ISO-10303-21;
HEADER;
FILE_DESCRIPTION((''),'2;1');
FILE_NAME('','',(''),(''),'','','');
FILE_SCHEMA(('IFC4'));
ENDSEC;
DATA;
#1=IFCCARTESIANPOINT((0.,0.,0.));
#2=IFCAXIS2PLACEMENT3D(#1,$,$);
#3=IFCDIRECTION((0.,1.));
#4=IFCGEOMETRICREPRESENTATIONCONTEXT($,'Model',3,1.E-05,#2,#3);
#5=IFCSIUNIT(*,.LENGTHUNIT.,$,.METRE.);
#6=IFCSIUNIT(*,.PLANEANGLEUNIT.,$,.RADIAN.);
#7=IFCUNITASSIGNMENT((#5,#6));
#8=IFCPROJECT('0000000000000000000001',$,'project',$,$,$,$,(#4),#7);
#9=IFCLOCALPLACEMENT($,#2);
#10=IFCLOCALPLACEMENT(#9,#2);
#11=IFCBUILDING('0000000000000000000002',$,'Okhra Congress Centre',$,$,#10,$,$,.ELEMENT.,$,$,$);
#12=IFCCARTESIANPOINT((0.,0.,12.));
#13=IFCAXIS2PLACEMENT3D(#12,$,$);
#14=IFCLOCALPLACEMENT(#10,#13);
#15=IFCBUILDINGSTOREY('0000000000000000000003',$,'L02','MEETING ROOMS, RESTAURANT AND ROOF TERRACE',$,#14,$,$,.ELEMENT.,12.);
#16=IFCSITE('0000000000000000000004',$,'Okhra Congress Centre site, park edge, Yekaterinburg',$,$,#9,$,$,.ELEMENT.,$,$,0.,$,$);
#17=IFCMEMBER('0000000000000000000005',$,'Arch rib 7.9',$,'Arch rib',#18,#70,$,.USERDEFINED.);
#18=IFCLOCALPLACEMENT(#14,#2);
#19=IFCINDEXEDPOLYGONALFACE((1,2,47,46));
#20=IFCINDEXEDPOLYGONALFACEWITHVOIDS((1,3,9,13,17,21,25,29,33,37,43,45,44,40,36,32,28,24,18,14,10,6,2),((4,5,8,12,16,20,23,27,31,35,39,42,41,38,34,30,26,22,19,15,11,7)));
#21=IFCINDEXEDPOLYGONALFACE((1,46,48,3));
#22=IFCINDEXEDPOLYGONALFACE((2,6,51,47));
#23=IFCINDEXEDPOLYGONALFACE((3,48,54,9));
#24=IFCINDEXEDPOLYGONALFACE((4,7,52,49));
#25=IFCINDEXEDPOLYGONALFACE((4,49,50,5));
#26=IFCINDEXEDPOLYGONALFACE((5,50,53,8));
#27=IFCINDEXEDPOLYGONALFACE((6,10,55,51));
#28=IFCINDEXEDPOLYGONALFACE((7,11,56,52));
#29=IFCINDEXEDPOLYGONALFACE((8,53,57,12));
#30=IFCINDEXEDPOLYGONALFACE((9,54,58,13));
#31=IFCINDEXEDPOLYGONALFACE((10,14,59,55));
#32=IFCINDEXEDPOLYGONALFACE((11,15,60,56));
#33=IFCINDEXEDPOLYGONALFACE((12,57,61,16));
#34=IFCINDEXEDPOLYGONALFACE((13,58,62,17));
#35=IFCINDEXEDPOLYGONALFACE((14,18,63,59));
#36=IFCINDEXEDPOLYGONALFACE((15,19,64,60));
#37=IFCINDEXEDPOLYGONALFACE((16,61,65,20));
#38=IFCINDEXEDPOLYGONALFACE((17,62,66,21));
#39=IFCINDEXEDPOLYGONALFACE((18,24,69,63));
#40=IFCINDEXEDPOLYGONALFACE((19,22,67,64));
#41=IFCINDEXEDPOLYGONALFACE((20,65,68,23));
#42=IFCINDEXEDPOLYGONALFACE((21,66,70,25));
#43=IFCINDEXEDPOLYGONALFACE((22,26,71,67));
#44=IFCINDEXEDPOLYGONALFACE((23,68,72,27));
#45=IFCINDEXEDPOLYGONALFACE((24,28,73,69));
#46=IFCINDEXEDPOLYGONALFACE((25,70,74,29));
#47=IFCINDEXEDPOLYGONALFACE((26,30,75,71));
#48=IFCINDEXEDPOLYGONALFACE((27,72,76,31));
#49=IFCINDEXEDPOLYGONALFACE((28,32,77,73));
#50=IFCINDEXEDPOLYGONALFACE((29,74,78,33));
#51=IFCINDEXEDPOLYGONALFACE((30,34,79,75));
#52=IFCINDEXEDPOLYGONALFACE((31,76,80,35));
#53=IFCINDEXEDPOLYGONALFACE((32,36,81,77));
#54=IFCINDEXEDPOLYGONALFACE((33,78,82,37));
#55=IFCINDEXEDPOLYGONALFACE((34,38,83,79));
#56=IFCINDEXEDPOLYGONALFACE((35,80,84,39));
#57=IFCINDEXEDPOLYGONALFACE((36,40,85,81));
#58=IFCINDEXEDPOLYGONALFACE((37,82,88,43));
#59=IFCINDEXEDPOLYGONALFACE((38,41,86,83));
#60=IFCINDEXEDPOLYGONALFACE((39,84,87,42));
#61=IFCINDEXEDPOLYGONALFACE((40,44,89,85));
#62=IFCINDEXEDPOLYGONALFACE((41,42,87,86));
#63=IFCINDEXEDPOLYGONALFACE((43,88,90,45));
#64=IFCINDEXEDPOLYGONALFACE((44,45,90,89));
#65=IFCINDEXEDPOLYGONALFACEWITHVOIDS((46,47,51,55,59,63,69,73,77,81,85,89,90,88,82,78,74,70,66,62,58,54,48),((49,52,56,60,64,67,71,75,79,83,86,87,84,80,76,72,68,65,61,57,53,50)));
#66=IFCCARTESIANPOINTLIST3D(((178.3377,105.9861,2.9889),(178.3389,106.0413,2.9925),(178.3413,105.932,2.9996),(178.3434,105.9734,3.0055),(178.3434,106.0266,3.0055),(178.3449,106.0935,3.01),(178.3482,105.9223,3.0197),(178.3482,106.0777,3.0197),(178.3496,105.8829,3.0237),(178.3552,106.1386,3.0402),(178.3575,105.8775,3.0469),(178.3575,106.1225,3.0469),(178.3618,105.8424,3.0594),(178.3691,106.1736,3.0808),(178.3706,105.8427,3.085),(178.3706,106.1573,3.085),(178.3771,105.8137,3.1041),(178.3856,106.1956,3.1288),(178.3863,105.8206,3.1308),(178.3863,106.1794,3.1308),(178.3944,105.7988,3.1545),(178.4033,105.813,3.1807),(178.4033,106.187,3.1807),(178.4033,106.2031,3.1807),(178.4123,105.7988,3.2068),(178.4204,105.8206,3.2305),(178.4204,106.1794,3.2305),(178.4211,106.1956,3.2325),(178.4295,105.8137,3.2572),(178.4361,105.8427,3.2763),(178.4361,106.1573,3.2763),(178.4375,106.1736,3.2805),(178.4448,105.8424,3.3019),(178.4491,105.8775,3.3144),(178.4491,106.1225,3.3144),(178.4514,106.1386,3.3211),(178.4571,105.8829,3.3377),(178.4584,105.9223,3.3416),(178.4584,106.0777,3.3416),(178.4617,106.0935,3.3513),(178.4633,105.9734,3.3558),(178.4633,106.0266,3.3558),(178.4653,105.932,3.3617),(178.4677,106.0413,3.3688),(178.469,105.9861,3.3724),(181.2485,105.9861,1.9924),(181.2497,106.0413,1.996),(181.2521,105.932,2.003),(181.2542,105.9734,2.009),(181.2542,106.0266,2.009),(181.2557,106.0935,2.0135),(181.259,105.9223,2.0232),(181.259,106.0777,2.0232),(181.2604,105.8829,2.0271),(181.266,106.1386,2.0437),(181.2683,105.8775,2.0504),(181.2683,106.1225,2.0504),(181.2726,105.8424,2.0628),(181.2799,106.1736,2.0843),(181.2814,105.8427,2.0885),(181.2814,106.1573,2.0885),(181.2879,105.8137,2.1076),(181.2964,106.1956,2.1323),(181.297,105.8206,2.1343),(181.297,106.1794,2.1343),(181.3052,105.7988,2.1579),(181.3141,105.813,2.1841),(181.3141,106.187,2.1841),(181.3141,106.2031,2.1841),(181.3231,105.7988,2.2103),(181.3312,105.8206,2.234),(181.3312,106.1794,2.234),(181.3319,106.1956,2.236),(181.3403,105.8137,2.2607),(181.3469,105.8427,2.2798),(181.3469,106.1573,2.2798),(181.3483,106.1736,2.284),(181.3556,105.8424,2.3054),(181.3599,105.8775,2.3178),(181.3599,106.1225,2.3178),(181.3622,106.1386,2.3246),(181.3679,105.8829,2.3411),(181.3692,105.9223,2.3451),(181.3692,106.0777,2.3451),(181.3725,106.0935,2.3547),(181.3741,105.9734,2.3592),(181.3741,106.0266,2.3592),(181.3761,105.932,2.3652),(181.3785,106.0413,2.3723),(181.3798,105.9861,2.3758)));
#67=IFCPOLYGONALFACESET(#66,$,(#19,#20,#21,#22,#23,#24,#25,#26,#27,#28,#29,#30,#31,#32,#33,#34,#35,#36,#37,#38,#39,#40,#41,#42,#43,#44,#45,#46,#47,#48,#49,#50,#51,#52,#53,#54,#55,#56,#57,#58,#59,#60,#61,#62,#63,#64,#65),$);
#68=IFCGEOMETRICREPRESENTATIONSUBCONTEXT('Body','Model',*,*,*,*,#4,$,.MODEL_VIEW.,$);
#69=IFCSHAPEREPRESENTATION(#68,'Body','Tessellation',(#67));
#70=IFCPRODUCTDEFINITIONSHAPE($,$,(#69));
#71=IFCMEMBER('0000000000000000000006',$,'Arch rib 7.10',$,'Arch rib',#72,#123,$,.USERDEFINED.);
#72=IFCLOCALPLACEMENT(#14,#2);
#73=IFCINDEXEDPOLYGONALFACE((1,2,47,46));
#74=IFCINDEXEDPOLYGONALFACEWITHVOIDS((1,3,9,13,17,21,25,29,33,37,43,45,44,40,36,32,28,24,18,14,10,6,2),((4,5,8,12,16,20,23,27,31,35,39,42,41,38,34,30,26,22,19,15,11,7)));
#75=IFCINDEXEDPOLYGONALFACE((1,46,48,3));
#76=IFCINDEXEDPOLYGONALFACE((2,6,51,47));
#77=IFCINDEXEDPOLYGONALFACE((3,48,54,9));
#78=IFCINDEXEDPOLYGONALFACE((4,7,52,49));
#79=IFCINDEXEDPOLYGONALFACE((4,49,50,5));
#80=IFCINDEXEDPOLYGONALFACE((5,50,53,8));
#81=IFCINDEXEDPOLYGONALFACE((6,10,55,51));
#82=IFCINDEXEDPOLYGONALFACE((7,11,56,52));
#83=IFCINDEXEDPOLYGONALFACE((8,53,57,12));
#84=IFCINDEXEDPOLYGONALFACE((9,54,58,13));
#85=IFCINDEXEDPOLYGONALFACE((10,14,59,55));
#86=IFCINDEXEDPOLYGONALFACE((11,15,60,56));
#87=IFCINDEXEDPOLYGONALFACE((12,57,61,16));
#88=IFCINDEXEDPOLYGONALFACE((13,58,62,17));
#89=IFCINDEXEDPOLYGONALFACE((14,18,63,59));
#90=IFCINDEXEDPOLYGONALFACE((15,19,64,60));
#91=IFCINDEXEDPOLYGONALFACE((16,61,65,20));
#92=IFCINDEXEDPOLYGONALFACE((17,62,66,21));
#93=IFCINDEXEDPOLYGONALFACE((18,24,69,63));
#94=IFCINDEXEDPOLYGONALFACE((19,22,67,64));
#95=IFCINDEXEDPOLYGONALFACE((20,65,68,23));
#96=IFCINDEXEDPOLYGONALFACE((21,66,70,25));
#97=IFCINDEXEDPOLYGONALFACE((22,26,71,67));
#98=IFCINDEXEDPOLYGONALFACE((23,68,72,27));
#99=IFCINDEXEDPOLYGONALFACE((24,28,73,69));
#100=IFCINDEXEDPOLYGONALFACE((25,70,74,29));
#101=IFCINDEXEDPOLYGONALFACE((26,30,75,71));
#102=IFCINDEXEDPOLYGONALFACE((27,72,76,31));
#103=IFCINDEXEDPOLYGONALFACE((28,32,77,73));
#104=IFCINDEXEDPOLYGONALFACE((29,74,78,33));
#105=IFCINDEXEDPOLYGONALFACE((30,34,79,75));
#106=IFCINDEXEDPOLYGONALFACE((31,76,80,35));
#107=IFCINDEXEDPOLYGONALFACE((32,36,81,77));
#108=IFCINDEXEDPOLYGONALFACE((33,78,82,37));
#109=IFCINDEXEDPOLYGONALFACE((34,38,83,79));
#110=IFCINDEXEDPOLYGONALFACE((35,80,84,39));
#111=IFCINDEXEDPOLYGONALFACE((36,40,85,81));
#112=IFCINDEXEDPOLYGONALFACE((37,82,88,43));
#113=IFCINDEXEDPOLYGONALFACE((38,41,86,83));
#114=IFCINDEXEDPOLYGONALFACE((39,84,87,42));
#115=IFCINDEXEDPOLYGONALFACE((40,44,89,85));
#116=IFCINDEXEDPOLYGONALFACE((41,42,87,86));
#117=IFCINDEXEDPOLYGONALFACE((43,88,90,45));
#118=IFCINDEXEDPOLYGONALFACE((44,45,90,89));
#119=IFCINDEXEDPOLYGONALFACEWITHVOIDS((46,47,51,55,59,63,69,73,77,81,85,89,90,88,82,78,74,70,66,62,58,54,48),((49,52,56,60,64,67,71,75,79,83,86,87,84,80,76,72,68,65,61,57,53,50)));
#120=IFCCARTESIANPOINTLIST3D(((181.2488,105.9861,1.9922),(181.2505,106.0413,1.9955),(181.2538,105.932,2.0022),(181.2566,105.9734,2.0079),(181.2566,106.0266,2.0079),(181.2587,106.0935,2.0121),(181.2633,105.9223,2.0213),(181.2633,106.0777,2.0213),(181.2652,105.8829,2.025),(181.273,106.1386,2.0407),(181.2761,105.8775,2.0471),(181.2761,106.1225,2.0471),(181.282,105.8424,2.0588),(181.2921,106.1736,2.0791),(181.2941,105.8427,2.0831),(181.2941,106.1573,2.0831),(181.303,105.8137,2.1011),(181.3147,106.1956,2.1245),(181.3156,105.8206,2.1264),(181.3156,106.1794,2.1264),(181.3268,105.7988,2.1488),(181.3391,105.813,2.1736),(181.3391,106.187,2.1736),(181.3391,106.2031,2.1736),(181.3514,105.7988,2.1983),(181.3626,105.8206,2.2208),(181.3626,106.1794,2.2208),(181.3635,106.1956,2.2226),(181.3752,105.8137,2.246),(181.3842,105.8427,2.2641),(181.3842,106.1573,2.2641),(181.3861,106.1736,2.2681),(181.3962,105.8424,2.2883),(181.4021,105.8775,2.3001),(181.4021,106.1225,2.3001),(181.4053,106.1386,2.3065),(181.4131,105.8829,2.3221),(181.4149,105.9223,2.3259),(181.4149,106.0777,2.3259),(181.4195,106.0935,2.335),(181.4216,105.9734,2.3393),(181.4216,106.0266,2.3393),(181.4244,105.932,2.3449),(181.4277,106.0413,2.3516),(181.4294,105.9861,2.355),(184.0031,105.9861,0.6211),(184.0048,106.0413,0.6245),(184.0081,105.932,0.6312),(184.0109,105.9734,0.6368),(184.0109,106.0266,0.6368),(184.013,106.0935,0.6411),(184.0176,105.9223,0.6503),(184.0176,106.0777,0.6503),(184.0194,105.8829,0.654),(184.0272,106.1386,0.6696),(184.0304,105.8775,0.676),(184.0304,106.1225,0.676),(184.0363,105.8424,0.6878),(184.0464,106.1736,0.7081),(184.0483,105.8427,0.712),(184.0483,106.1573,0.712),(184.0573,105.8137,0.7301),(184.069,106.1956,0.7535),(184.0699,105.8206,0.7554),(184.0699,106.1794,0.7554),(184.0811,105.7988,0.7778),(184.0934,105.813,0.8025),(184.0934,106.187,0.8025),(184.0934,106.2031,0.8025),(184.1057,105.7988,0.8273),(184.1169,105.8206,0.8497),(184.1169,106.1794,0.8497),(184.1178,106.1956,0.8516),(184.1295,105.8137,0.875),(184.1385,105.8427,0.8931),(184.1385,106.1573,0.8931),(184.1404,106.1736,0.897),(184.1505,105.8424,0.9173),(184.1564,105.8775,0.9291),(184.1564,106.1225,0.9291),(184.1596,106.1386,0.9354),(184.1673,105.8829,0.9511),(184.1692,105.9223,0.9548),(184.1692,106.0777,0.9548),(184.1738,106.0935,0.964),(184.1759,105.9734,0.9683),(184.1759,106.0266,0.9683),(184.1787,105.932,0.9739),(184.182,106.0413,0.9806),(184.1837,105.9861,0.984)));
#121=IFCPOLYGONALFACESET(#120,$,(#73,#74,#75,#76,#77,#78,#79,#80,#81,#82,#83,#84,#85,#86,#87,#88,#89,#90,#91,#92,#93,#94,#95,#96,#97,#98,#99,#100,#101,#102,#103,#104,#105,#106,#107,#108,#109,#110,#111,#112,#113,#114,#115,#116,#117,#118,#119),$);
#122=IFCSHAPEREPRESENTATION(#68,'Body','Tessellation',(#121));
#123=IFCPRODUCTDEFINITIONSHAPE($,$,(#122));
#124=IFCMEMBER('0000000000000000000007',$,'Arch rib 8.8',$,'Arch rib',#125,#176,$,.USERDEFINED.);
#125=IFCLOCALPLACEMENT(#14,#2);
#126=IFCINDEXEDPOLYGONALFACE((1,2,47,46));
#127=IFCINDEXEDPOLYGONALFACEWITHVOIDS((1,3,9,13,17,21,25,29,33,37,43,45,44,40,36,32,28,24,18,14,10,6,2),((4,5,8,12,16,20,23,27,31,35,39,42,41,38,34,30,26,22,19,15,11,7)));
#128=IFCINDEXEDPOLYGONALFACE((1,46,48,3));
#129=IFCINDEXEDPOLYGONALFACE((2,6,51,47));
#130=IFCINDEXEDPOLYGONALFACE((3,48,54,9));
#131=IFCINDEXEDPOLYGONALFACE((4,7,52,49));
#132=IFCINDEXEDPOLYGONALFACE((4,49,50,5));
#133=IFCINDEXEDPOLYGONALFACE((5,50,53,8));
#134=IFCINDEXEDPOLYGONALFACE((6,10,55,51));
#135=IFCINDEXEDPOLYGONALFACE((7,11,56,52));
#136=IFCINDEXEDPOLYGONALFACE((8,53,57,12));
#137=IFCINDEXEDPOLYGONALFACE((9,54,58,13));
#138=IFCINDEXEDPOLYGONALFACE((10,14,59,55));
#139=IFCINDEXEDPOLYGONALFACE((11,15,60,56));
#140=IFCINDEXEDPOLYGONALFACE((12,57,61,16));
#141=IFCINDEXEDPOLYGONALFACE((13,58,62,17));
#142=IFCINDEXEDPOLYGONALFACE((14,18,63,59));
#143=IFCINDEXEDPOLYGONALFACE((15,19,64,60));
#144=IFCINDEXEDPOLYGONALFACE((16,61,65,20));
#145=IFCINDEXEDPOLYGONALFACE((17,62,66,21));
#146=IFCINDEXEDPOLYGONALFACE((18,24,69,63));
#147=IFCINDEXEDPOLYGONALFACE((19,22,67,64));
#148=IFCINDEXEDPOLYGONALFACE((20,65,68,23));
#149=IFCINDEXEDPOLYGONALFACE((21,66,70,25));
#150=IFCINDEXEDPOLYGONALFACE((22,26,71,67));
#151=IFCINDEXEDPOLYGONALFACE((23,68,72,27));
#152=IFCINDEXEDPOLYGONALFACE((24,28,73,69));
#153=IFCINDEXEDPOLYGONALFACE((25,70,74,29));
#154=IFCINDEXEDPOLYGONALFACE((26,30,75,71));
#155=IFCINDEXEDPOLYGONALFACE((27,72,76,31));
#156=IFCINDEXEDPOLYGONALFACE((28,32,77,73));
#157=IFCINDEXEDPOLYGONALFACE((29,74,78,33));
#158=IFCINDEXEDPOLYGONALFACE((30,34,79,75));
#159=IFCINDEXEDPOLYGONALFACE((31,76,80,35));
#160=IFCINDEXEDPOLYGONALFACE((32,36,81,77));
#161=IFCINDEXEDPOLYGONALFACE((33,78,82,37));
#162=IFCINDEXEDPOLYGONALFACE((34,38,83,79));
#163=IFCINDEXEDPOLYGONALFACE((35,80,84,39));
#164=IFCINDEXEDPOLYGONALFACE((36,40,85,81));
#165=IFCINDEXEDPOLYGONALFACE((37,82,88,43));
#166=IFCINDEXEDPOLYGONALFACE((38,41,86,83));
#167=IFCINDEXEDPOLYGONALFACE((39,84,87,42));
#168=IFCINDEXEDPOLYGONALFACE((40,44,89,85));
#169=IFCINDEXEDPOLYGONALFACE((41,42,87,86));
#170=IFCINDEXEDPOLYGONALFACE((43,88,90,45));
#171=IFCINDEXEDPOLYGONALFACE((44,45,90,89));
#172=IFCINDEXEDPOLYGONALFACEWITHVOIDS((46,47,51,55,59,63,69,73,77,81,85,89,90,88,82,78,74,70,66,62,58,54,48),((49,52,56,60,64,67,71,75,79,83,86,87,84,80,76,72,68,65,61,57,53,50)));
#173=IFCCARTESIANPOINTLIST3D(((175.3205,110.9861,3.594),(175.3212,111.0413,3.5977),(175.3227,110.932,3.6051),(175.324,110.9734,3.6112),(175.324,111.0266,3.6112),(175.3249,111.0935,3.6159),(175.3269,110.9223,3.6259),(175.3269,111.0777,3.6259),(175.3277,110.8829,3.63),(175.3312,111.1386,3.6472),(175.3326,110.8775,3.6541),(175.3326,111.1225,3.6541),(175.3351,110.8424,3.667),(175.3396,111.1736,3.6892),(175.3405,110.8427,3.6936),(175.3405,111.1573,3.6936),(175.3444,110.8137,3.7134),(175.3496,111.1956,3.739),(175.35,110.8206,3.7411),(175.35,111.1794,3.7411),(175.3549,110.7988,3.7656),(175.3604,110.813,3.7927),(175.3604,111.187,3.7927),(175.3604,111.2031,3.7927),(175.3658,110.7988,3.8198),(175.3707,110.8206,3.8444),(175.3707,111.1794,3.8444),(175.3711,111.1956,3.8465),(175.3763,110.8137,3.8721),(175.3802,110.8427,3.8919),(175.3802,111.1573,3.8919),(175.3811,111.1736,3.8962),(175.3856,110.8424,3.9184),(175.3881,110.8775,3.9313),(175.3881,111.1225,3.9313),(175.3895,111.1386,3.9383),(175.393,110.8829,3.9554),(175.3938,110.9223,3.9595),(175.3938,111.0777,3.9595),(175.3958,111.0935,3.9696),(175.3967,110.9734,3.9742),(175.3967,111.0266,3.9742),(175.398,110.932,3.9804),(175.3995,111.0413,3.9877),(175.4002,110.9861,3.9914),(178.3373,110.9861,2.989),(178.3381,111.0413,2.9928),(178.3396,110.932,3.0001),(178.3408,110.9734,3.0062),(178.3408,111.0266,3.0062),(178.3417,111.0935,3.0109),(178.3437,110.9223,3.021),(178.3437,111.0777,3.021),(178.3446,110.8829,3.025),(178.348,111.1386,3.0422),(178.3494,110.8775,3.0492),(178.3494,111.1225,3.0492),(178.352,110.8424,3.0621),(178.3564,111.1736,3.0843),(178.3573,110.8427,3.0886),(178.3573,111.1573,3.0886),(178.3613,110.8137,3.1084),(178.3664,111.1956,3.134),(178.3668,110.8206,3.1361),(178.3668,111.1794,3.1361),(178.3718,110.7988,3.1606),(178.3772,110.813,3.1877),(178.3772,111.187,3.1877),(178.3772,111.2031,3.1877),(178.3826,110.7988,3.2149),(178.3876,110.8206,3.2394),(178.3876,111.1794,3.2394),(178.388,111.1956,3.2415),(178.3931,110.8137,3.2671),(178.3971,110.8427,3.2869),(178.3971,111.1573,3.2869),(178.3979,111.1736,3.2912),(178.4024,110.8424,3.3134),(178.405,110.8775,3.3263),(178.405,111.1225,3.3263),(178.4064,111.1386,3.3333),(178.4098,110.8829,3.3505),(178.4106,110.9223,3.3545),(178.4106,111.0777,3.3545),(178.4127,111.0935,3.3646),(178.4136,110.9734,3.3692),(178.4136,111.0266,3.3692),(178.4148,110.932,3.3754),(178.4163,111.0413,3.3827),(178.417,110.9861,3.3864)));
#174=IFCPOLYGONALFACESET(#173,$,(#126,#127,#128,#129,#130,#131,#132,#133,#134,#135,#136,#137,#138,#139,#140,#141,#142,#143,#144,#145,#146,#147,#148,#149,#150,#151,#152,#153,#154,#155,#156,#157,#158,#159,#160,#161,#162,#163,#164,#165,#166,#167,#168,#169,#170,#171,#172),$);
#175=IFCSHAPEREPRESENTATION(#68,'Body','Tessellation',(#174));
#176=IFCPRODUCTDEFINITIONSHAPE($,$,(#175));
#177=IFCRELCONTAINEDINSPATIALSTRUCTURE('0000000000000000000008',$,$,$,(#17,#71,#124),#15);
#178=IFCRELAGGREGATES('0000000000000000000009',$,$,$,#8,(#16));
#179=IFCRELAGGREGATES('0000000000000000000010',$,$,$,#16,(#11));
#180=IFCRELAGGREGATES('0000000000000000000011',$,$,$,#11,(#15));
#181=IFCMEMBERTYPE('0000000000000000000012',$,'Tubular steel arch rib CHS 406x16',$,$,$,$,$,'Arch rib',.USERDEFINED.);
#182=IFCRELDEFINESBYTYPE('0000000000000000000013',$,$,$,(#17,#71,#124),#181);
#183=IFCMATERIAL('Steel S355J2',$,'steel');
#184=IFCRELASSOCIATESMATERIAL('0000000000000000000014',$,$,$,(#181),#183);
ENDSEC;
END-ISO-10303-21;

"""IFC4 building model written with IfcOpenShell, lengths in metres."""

from ifc_helpers import new_model, si_unit, direction, frame, origin, origin_2d, place, context, subcontext, project, spatial, hollow_circle, extrude, material, material_profile, profile_set, type_object, element, save


model = new_model("IFC4")

# Units and contexts
model_context = context("Model", 3, precision=1e-05, world=origin(), true_north=direction((0.0, 1.0)))
body_context = subcontext(model_context, "Body", "Model", "MODEL_VIEW")
ifc_project = project(units=[si_unit("LENGTHUNIT", "METRE"), si_unit("PLANEANGLEUNIT", "RADIAN")], contexts=[model_context])

# Site, building, storey
site_placement = place(None, origin())
site = spatial("IfcSite", under=ifc_project, at=site_placement, Name="Okhra Congress Centre site, park edge, Yekaterinburg", CompositionType="ELEMENT", RefElevation=0.0)
building_placement = place(site_placement, origin())
building = spatial("IfcBuilding", under=site, at=building_placement, Name="Okhra Congress Centre", CompositionType="ELEMENT")
storey_placement = place(building_placement, frame((0.0, 0.0, 12.0)))
storey = spatial("IfcBuildingStorey", under=building, at=storey_placement, Name="L02", Description="MEETING ROOMS, RESTAURANT AND ROOF TERRACE", CompositionType="ELEMENT", Elevation=12.0)

# Members
ifc_material_1 = material(Name="Steel S355J2", Category="steel")
ifc_material_profile_1 = material_profile(ifc_material_1, hollow_circle(Radius=0.2031, WallThickness=0.0161, at=origin_2d()), Name="CHS 406.4x16")
ifc_profile_set_1 = profile_set([ifc_material_profile_1], Name="Steel S355J2")
member_type_1 = type_object("IfcMemberType", Name="Tubular steel arch rib CHS 406x16", ElementType="Arch rib", PredefinedType="USERDEFINED", material=ifc_profile_set_1)
for number, where, z_axis, x_axis, name in (
    (1, (178.4033, 106.0, 3.1807), (0.946089, 0.0, -0.323906), (0.0, 1.0, 0.0), "Arch rib 7.9"),
    (2, (181.3391, 106.0, 2.1736), (0.895219, 0.0, -0.445626), (0.0, 1.0, 0.0), "Arch rib 7.10"),
):
    element("IfcMember", number, at=place(storey_placement, frame(where, z_axis=z_axis, x_axis=x_axis)), inside=storey, type_object=member_type_1, Name=name, ObjectType="Arch rib", PredefinedType="USERDEFINED", context=body_context, shape_type="SweptSolid", body=[
        extrude(hollow_circle(Radius=0.2031, WallThickness=0.0161, at=origin_2d()), origin(), (0.0, 0.0, 1.0), 3.0767),
    ])
member_1_placement = place(storey_placement, frame((175.3604, 111.0, 3.7927), z_axis=(0.98048, 0.0, -0.19662), x_axis=(0.0, 1.0, 0.0)))
element("IfcMember", 3, at=member_1_placement, inside=storey, type_object=member_type_1, Name="Arch rib 8.8", ObjectType="Arch rib", PredefinedType="USERDEFINED", context=body_context, shape_type="SweptSolid", body=[
    extrude(hollow_circle(Radius=0.2031, WallThickness=0.0161, at=origin_2d()), origin(), (0.0, 0.0, 1.0), 3.0769),
])

save(model, "model.ifc")
